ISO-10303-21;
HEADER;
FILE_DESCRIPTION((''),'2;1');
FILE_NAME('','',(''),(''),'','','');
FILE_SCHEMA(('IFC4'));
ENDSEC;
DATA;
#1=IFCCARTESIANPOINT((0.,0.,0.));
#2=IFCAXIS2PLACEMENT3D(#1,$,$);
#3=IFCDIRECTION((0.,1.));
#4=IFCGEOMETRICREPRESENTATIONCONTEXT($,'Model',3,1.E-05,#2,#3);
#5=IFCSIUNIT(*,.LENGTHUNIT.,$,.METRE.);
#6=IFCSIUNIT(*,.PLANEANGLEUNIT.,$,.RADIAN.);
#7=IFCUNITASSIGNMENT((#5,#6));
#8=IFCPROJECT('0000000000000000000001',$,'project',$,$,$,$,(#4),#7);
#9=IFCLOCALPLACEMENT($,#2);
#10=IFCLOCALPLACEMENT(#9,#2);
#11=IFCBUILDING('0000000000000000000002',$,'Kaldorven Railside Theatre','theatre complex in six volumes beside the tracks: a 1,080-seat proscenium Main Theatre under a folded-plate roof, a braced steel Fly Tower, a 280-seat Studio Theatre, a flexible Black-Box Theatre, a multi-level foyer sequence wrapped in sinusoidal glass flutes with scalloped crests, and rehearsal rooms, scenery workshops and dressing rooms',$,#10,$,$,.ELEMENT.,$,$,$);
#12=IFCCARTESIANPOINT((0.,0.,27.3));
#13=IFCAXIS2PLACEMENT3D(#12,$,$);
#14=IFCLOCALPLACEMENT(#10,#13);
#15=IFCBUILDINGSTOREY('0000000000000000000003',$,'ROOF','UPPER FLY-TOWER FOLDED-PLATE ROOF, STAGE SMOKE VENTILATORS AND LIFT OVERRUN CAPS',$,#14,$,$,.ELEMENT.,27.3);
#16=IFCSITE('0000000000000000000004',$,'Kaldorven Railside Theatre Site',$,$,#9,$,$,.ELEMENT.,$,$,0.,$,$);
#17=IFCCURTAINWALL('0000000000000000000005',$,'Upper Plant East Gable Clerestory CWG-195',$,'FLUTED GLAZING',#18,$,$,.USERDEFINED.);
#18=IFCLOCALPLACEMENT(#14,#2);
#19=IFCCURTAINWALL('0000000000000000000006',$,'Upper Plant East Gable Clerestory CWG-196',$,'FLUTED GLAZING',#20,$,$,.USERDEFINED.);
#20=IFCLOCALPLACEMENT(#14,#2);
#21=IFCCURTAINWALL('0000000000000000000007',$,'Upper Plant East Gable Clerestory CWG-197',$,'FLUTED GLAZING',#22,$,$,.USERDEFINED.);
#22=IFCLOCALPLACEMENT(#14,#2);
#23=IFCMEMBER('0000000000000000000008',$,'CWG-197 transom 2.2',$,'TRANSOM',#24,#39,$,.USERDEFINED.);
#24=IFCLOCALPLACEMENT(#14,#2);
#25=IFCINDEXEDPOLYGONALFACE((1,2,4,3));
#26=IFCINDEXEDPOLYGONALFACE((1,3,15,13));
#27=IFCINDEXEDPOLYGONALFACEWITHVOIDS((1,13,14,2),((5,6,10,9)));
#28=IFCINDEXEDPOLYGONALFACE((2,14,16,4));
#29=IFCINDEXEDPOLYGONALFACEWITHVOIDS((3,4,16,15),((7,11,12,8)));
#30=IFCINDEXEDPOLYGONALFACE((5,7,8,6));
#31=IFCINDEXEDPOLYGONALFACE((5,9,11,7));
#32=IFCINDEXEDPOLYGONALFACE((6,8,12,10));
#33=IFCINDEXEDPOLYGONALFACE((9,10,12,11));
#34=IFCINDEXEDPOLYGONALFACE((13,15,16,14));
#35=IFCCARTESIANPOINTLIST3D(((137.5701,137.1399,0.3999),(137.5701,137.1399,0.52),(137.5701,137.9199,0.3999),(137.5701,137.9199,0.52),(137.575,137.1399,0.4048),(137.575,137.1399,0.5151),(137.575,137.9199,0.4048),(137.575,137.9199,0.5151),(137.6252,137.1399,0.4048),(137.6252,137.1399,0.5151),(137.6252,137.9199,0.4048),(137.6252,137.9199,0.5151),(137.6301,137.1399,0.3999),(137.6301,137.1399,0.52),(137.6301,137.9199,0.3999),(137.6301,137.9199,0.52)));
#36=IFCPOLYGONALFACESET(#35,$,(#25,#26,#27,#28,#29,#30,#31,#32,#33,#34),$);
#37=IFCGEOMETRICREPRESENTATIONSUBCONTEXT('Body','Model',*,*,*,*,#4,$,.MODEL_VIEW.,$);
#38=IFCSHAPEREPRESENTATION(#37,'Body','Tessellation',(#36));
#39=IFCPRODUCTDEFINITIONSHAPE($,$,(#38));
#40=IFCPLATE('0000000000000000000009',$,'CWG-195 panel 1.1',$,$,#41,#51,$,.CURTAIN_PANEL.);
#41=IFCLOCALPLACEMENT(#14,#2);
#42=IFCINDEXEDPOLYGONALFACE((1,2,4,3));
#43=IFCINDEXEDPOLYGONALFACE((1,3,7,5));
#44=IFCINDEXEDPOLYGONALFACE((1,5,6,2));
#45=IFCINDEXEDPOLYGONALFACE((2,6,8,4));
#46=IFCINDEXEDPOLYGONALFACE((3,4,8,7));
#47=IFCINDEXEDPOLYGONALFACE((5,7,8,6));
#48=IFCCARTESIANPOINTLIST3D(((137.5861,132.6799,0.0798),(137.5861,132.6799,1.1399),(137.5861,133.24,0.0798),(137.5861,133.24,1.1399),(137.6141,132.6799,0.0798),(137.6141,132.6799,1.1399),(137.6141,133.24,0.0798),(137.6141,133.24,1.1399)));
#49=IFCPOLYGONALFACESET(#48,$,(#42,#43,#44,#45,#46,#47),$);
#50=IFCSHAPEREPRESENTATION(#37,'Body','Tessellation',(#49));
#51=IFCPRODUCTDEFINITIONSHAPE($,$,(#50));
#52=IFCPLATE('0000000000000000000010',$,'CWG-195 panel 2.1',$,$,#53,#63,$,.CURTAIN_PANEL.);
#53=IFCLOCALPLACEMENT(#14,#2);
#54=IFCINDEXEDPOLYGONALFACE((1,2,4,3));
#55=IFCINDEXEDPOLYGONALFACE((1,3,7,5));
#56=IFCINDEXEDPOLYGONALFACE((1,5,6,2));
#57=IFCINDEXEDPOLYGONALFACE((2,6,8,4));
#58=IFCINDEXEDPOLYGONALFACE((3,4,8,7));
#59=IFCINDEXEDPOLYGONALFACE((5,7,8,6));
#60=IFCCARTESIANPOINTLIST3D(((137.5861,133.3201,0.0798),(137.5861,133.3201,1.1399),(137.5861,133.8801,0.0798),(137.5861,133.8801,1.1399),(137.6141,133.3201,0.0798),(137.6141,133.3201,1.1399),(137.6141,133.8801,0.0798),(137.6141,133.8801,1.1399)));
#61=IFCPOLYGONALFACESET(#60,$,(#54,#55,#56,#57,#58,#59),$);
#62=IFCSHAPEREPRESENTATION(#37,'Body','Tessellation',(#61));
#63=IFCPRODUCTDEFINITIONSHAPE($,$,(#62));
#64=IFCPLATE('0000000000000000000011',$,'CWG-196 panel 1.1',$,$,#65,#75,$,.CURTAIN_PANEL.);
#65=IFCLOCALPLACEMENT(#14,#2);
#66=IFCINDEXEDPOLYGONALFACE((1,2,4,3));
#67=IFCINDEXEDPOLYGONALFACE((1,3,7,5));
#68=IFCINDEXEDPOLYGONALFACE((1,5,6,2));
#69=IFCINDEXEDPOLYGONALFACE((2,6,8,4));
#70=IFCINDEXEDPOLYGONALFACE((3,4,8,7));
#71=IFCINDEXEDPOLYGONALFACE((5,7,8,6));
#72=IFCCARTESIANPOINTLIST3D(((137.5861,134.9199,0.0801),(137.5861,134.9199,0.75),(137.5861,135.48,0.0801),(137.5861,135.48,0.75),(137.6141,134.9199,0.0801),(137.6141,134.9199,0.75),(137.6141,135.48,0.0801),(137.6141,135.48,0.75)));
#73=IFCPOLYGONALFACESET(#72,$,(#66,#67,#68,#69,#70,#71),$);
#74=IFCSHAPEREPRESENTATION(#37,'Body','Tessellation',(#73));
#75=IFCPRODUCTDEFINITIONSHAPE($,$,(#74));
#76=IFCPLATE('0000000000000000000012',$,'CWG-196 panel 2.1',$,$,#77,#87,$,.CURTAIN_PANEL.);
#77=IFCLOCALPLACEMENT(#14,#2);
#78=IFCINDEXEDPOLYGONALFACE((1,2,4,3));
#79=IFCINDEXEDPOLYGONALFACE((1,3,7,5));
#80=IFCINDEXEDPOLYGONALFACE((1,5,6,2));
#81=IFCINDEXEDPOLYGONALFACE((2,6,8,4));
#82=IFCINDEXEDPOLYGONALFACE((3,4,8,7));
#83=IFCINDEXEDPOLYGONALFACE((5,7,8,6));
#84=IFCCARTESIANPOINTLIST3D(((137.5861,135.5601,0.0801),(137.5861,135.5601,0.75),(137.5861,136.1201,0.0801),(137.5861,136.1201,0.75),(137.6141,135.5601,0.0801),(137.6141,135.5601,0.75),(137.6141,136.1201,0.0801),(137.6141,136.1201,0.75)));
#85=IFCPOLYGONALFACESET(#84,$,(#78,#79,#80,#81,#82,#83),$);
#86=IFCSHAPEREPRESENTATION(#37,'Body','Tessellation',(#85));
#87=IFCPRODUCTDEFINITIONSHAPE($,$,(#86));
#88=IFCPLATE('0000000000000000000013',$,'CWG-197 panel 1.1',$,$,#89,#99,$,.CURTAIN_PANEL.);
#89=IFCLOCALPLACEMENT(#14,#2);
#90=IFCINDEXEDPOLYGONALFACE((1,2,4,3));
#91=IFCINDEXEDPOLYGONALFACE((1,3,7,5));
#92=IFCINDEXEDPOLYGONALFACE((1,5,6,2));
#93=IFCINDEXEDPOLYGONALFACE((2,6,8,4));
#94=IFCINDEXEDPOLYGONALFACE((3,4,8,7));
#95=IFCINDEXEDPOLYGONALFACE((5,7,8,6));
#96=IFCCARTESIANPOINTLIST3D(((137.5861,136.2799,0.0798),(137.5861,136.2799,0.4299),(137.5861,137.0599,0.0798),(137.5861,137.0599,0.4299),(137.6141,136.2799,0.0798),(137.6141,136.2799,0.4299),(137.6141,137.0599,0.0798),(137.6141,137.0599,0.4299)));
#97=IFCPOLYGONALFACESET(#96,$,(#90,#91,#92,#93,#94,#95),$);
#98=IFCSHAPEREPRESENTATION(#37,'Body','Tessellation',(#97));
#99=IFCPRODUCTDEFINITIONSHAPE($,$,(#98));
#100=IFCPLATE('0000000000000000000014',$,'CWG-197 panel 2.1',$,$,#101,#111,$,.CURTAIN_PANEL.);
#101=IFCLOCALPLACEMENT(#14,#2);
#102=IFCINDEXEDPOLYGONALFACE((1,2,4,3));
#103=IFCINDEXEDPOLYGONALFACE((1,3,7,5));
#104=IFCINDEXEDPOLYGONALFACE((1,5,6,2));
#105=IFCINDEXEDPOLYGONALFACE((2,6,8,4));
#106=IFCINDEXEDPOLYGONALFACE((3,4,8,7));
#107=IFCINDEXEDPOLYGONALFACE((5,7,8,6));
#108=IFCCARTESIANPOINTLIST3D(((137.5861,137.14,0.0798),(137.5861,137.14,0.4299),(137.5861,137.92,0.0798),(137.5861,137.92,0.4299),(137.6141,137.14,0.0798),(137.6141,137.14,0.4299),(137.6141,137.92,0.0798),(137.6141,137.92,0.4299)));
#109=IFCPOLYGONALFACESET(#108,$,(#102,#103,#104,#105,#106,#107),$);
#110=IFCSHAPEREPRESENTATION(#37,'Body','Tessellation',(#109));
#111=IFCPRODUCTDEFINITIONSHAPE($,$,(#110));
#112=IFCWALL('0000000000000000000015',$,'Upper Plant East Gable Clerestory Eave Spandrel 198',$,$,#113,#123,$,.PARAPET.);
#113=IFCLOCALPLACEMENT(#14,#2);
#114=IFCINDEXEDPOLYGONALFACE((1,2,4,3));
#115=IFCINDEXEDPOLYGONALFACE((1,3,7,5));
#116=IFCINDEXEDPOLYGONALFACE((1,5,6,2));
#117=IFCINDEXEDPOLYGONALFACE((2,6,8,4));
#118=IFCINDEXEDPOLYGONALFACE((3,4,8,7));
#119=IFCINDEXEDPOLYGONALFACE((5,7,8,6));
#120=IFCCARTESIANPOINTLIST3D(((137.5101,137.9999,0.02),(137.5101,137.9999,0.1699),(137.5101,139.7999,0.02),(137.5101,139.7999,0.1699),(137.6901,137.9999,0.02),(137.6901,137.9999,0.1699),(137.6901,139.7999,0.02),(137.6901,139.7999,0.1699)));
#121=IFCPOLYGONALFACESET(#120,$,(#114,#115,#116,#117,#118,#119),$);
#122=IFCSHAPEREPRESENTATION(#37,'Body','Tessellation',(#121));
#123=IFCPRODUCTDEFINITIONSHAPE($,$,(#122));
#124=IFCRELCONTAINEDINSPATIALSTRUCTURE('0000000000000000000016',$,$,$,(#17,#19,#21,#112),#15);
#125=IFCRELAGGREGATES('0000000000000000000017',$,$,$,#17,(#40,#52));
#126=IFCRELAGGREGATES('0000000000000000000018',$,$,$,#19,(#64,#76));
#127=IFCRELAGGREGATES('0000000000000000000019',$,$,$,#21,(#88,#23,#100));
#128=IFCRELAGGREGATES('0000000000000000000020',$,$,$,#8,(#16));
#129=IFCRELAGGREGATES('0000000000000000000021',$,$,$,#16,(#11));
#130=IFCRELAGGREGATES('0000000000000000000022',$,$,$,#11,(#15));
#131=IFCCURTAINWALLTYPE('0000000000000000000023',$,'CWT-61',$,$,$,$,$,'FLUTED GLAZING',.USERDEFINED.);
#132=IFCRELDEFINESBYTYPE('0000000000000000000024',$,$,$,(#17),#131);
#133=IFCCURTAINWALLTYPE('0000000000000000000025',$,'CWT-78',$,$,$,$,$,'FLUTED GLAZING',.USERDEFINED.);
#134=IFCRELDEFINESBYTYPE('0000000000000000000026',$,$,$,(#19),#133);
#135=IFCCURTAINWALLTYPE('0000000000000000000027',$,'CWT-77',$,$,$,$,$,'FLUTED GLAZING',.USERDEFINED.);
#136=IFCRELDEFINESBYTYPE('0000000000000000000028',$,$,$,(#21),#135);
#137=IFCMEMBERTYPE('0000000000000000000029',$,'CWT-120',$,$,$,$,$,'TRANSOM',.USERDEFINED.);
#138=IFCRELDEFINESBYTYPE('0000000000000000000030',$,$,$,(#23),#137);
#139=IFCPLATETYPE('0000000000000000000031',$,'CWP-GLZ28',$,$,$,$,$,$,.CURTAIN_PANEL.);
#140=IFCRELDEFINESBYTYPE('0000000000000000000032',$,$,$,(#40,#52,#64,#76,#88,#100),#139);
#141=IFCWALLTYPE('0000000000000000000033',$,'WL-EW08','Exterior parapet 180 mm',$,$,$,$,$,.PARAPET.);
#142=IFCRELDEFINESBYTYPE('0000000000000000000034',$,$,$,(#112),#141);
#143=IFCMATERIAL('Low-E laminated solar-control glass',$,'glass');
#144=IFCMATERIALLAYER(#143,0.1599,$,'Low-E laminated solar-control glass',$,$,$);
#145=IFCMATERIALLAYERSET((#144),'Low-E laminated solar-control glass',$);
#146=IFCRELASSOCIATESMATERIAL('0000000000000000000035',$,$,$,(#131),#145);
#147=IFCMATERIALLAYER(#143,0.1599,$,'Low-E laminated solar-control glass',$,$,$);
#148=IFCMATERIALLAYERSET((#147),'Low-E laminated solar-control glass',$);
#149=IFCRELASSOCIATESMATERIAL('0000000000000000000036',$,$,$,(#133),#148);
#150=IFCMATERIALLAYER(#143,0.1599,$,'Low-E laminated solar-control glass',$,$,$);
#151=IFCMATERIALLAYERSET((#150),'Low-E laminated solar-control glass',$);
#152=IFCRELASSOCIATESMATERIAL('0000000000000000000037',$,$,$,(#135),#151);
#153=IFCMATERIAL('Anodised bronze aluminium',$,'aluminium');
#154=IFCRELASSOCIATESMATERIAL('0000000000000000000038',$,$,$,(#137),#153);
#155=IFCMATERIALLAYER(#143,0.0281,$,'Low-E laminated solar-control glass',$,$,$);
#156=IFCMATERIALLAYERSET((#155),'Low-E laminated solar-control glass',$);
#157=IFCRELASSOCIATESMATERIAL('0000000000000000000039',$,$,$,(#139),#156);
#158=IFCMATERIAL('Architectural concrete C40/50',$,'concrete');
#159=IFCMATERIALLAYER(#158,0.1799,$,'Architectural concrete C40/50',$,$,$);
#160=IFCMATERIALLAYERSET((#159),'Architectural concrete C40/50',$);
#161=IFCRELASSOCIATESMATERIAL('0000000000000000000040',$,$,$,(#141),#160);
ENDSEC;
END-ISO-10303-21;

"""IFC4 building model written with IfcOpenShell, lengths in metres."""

from ifc_helpers import new_model, si_unit, direction, frame, frame_2d, origin, origin_2d, place, context, subcontext, project, spatial, rectangle, hollow_rectangle, extrude, material, layer, layer_set, material_profile, profile_set, type_object, element, aggregate, save


model = new_model("IFC4")

# Units and contexts
model_context = context("Model", 3, precision=1e-05, world=origin(), true_north=direction((0.0, 1.0)))
body_context = subcontext(model_context, "Body", "Model", "MODEL_VIEW")
ifc_project = project(units=[si_unit("LENGTHUNIT", "METRE"), si_unit("PLANEANGLEUNIT", "RADIAN")], contexts=[model_context])

# Site, building, storey
site_placement = place(None, origin())
site = spatial("IfcSite", under=ifc_project, at=site_placement, Name="Kaldorven Railside Theatre Site", CompositionType="ELEMENT", RefElevation=0.0)
building_placement = place(site_placement, origin())
building = spatial("IfcBuilding", under=site, at=building_placement, Name="Kaldorven Railside Theatre", Description="theatre complex in six volumes beside the tracks: a 1,080-seat proscenium Main Theatre under a folded-plate roof, a braced steel Fly Tower, a 280-seat Studio Theatre, a flexible Black-Box Theatre, a multi-level foyer sequence wrapped in sinusoidal glass flutes with scalloped crests, and rehearsal rooms, scenery workshops and dressing rooms", CompositionType="ELEMENT")
storey_placement = place(building_placement, frame((0.0, 0.0, 27.3)))
storey = spatial("IfcBuildingStorey", under=building, at=storey_placement, Name="ROOF", Description="UPPER FLY-TOWER FOLDED-PLATE ROOF, STAGE SMOKE VENTILATORS AND LIFT OVERRUN CAPS", CompositionType="ELEMENT", Elevation=27.3)

# Shared definitions
ifc_material_1 = material(Name="Low-E laminated solar-control glass", Category="glass")
ifc_material_2 = material(Name="Anodised bronze aluminium", Category="aluminium")

# Curtain walls
ifc_layer_1 = layer(ifc_material_1, 0.1599, Name="Low-E laminated solar-control glass")
ifc_layer_set_1 = layer_set([ifc_layer_1], Name="Low-E laminated solar-control glass")
curtain_wall_type_1 = type_object("IfcCurtainWallType", Name="CWT-61", ElementType="FLUTED GLAZING", PredefinedType="USERDEFINED", material=ifc_layer_set_1)
curtain_wall_1_placement = place(storey_placement, origin())
curtain_wall_1 = element("IfcCurtainWall", 1, at=curtain_wall_1_placement, inside=storey, type_object=curtain_wall_type_1, Name="Upper Plant East Gable Clerestory CWG-195", ObjectType="FLUTED GLAZING", PredefinedType="USERDEFINED")
ifc_layer_2 = layer(ifc_material_1, 0.1599, Name="Low-E laminated solar-control glass")
ifc_layer_set_2 = layer_set([ifc_layer_2], Name="Low-E laminated solar-control glass")
curtain_wall_type_2 = type_object("IfcCurtainWallType", Name="CWT-78", ElementType="FLUTED GLAZING", PredefinedType="USERDEFINED", material=ifc_layer_set_2)
curtain_wall_2_placement = place(storey_placement, origin())
curtain_wall_2 = element("IfcCurtainWall", 2, at=curtain_wall_2_placement, inside=storey, type_object=curtain_wall_type_2, Name="Upper Plant East Gable Clerestory CWG-196", ObjectType="FLUTED GLAZING", PredefinedType="USERDEFINED")
ifc_layer_3 = layer(ifc_material_1, 0.1599, Name="Low-E laminated solar-control glass")
ifc_layer_set_3 = layer_set([ifc_layer_3], Name="Low-E laminated solar-control glass")
curtain_wall_type_3 = type_object("IfcCurtainWallType", Name="CWT-77", ElementType="FLUTED GLAZING", PredefinedType="USERDEFINED", material=ifc_layer_set_3)
curtain_wall_3_placement = place(storey_placement, origin())
curtain_wall_3 = element("IfcCurtainWall", 3, at=curtain_wall_3_placement, inside=storey, type_object=curtain_wall_type_3, Name="Upper Plant East Gable Clerestory CWG-197", ObjectType="FLUTED GLAZING", PredefinedType="USERDEFINED")

# Member
ifc_material_profile_1 = material_profile(ifc_material_2, hollow_rectangle(XDim=0.0601, YDim=0.1201, WallThickness=0.0049, at=origin_2d()), Name="RHS 120x60x5")
ifc_profile_set_1 = profile_set([ifc_material_profile_1], Name="Anodised bronze aluminium")
member_type_1 = type_object("IfcMemberType", Name="CWT-120", ElementType="TRANSOM", PredefinedType="USERDEFINED", material=ifc_profile_set_1)
member_1_placement = place(storey_placement, frame((137.6001, 137.1399, 0.46), z_axis=(0.0, 1.0, 0.0), x_axis=(-1.0, 0.0, 0.0)))
member_1 = element("IfcMember", 4, at=member_1_placement, type_object=member_type_1, Name="CWG-197 transom 2.2", ObjectType="TRANSOM", PredefinedType="USERDEFINED", context=body_context, shape_type="SweptSolid", body=[
    extrude(hollow_rectangle(XDim=0.0601, YDim=0.1201, WallThickness=0.0049, at=origin_2d()), origin(), (0.0, 0.0, 1.0), 0.78),
])

# Plates
ifc_layer_4 = layer(ifc_material_1, 0.0281, Name="Low-E laminated solar-control glass")
ifc_layer_set_4 = layer_set([ifc_layer_4], Name="Low-E laminated solar-control glass")
plate_type = type_object("IfcPlateType", Name="CWP-GLZ28", PredefinedType="CURTAIN_PANEL", material=ifc_layer_set_4)
plate_1_placement = place(storey_placement, frame((137.6001, 132.96, 0.0798), z_axis=(0.0, 0.0, 1.0), x_axis=(0.0, 1.0, 0.0)))
plate_1 = element("IfcPlate", 5, at=plate_1_placement, type_object=plate_type, Name="CWG-195 panel 1.1", PredefinedType="CURTAIN_PANEL", context=body_context, shape_type="SweptSolid", body=[
    extrude(rectangle(XDim=0.5601, YDim=0.0281, at=origin_2d()), origin(), (0.0, 0.0, 1.0), 1.0601),
])
plate_2_placement = place(storey_placement, frame((137.6001, 133.6001, 0.0798), z_axis=(0.0, 0.0, 1.0), x_axis=(0.0, 1.0, 0.0)))
plate_2 = element("IfcPlate", 6, at=plate_2_placement, type_object=plate_type, Name="CWG-195 panel 2.1", PredefinedType="CURTAIN_PANEL", context=body_context, shape_type="SweptSolid", body=[
    extrude(rectangle(XDim=0.5601, YDim=0.0281, at=origin_2d()), origin(), (0.0, 0.0, 1.0), 1.0601),
])
aggregate(curtain_wall_1, [plate_1, plate_2])
plate_3_placement = place(storey_placement, frame((137.6001, 135.2, 0.0801), z_axis=(0.0, 0.0, 1.0), x_axis=(0.0, 1.0, 0.0)))
plate_3 = element("IfcPlate", 7, at=plate_3_placement, type_object=plate_type, Name="CWG-196 panel 1.1", PredefinedType="CURTAIN_PANEL", context=body_context, shape_type="SweptSolid", body=[
    extrude(rectangle(XDim=0.5601, YDim=0.0281, at=origin_2d()), origin(), (0.0, 0.0, 1.0), 0.6699),
])
plate_4_placement = place(storey_placement, frame((137.6001, 135.8401, 0.0801), z_axis=(0.0, 0.0, 1.0), x_axis=(0.0, 1.0, 0.0)))
plate_4 = element("IfcPlate", 8, at=plate_4_placement, type_object=plate_type, Name="CWG-196 panel 2.1", PredefinedType="CURTAIN_PANEL", context=body_context, shape_type="SweptSolid", body=[
    extrude(rectangle(XDim=0.5601, YDim=0.0281, at=origin_2d()), origin(), (0.0, 0.0, 1.0), 0.6699),
])
aggregate(curtain_wall_2, [plate_3, plate_4])
plate_5_placement = place(storey_placement, frame((137.6001, 136.6699, 0.0798), z_axis=(0.0, 0.0, 1.0), x_axis=(0.0, 1.0, 0.0)))
plate_5 = element("IfcPlate", 9, at=plate_5_placement, type_object=plate_type, Name="CWG-197 panel 1.1", PredefinedType="CURTAIN_PANEL", context=body_context, shape_type="SweptSolid", body=[
    extrude(rectangle(XDim=0.78, YDim=0.0281, at=origin_2d()), origin(), (0.0, 0.0, 1.0), 0.3501),
])
plate_6_placement = place(storey_placement, frame((137.6001, 137.53, 0.0798), z_axis=(0.0, 0.0, 1.0), x_axis=(0.0, 1.0, 0.0)))
plate_6 = element("IfcPlate", 10, at=plate_6_placement, type_object=plate_type, Name="CWG-197 panel 2.1", PredefinedType="CURTAIN_PANEL", context=body_context, shape_type="SweptSolid", body=[
    extrude(rectangle(XDim=0.78, YDim=0.0281, at=origin_2d()), origin(), (0.0, 0.0, 1.0), 0.3501),
])
aggregate(curtain_wall_3, [plate_5, member_1, plate_6])

# Wall
ifc_material_3 = material(Name="Architectural concrete C40/50", Category="concrete")
ifc_layer_5 = layer(ifc_material_3, 0.1799, Name="Architectural concrete C40/50")
ifc_layer_set_5 = layer_set([ifc_layer_5], Name="Architectural concrete C40/50")
wall_type = type_object("IfcWallType", Name="WL-EW08", Description="Exterior parapet 180 mm", PredefinedType="PARAPET", material=ifc_layer_set_5)
wall_placement = place(storey_placement, frame((137.6001, 138.0, 0.02), z_axis=(0.0, 0.0, 1.0), x_axis=(0.0, 1.0, 0.0)))
element("IfcWall", 11, at=wall_placement, inside=storey, type_object=wall_type, Name="Upper Plant East Gable Clerestory Eave Spandrel 198", PredefinedType="PARAPET", context=body_context, shape_type="SweptSolid", body=[
    extrude(rectangle(XDim=1.8, YDim=0.1799, at=frame_2d((0.8999, 0.0))), origin(), (0.0, 0.0, 1.0), 0.1499),
])

save(model, "model.ifc")
